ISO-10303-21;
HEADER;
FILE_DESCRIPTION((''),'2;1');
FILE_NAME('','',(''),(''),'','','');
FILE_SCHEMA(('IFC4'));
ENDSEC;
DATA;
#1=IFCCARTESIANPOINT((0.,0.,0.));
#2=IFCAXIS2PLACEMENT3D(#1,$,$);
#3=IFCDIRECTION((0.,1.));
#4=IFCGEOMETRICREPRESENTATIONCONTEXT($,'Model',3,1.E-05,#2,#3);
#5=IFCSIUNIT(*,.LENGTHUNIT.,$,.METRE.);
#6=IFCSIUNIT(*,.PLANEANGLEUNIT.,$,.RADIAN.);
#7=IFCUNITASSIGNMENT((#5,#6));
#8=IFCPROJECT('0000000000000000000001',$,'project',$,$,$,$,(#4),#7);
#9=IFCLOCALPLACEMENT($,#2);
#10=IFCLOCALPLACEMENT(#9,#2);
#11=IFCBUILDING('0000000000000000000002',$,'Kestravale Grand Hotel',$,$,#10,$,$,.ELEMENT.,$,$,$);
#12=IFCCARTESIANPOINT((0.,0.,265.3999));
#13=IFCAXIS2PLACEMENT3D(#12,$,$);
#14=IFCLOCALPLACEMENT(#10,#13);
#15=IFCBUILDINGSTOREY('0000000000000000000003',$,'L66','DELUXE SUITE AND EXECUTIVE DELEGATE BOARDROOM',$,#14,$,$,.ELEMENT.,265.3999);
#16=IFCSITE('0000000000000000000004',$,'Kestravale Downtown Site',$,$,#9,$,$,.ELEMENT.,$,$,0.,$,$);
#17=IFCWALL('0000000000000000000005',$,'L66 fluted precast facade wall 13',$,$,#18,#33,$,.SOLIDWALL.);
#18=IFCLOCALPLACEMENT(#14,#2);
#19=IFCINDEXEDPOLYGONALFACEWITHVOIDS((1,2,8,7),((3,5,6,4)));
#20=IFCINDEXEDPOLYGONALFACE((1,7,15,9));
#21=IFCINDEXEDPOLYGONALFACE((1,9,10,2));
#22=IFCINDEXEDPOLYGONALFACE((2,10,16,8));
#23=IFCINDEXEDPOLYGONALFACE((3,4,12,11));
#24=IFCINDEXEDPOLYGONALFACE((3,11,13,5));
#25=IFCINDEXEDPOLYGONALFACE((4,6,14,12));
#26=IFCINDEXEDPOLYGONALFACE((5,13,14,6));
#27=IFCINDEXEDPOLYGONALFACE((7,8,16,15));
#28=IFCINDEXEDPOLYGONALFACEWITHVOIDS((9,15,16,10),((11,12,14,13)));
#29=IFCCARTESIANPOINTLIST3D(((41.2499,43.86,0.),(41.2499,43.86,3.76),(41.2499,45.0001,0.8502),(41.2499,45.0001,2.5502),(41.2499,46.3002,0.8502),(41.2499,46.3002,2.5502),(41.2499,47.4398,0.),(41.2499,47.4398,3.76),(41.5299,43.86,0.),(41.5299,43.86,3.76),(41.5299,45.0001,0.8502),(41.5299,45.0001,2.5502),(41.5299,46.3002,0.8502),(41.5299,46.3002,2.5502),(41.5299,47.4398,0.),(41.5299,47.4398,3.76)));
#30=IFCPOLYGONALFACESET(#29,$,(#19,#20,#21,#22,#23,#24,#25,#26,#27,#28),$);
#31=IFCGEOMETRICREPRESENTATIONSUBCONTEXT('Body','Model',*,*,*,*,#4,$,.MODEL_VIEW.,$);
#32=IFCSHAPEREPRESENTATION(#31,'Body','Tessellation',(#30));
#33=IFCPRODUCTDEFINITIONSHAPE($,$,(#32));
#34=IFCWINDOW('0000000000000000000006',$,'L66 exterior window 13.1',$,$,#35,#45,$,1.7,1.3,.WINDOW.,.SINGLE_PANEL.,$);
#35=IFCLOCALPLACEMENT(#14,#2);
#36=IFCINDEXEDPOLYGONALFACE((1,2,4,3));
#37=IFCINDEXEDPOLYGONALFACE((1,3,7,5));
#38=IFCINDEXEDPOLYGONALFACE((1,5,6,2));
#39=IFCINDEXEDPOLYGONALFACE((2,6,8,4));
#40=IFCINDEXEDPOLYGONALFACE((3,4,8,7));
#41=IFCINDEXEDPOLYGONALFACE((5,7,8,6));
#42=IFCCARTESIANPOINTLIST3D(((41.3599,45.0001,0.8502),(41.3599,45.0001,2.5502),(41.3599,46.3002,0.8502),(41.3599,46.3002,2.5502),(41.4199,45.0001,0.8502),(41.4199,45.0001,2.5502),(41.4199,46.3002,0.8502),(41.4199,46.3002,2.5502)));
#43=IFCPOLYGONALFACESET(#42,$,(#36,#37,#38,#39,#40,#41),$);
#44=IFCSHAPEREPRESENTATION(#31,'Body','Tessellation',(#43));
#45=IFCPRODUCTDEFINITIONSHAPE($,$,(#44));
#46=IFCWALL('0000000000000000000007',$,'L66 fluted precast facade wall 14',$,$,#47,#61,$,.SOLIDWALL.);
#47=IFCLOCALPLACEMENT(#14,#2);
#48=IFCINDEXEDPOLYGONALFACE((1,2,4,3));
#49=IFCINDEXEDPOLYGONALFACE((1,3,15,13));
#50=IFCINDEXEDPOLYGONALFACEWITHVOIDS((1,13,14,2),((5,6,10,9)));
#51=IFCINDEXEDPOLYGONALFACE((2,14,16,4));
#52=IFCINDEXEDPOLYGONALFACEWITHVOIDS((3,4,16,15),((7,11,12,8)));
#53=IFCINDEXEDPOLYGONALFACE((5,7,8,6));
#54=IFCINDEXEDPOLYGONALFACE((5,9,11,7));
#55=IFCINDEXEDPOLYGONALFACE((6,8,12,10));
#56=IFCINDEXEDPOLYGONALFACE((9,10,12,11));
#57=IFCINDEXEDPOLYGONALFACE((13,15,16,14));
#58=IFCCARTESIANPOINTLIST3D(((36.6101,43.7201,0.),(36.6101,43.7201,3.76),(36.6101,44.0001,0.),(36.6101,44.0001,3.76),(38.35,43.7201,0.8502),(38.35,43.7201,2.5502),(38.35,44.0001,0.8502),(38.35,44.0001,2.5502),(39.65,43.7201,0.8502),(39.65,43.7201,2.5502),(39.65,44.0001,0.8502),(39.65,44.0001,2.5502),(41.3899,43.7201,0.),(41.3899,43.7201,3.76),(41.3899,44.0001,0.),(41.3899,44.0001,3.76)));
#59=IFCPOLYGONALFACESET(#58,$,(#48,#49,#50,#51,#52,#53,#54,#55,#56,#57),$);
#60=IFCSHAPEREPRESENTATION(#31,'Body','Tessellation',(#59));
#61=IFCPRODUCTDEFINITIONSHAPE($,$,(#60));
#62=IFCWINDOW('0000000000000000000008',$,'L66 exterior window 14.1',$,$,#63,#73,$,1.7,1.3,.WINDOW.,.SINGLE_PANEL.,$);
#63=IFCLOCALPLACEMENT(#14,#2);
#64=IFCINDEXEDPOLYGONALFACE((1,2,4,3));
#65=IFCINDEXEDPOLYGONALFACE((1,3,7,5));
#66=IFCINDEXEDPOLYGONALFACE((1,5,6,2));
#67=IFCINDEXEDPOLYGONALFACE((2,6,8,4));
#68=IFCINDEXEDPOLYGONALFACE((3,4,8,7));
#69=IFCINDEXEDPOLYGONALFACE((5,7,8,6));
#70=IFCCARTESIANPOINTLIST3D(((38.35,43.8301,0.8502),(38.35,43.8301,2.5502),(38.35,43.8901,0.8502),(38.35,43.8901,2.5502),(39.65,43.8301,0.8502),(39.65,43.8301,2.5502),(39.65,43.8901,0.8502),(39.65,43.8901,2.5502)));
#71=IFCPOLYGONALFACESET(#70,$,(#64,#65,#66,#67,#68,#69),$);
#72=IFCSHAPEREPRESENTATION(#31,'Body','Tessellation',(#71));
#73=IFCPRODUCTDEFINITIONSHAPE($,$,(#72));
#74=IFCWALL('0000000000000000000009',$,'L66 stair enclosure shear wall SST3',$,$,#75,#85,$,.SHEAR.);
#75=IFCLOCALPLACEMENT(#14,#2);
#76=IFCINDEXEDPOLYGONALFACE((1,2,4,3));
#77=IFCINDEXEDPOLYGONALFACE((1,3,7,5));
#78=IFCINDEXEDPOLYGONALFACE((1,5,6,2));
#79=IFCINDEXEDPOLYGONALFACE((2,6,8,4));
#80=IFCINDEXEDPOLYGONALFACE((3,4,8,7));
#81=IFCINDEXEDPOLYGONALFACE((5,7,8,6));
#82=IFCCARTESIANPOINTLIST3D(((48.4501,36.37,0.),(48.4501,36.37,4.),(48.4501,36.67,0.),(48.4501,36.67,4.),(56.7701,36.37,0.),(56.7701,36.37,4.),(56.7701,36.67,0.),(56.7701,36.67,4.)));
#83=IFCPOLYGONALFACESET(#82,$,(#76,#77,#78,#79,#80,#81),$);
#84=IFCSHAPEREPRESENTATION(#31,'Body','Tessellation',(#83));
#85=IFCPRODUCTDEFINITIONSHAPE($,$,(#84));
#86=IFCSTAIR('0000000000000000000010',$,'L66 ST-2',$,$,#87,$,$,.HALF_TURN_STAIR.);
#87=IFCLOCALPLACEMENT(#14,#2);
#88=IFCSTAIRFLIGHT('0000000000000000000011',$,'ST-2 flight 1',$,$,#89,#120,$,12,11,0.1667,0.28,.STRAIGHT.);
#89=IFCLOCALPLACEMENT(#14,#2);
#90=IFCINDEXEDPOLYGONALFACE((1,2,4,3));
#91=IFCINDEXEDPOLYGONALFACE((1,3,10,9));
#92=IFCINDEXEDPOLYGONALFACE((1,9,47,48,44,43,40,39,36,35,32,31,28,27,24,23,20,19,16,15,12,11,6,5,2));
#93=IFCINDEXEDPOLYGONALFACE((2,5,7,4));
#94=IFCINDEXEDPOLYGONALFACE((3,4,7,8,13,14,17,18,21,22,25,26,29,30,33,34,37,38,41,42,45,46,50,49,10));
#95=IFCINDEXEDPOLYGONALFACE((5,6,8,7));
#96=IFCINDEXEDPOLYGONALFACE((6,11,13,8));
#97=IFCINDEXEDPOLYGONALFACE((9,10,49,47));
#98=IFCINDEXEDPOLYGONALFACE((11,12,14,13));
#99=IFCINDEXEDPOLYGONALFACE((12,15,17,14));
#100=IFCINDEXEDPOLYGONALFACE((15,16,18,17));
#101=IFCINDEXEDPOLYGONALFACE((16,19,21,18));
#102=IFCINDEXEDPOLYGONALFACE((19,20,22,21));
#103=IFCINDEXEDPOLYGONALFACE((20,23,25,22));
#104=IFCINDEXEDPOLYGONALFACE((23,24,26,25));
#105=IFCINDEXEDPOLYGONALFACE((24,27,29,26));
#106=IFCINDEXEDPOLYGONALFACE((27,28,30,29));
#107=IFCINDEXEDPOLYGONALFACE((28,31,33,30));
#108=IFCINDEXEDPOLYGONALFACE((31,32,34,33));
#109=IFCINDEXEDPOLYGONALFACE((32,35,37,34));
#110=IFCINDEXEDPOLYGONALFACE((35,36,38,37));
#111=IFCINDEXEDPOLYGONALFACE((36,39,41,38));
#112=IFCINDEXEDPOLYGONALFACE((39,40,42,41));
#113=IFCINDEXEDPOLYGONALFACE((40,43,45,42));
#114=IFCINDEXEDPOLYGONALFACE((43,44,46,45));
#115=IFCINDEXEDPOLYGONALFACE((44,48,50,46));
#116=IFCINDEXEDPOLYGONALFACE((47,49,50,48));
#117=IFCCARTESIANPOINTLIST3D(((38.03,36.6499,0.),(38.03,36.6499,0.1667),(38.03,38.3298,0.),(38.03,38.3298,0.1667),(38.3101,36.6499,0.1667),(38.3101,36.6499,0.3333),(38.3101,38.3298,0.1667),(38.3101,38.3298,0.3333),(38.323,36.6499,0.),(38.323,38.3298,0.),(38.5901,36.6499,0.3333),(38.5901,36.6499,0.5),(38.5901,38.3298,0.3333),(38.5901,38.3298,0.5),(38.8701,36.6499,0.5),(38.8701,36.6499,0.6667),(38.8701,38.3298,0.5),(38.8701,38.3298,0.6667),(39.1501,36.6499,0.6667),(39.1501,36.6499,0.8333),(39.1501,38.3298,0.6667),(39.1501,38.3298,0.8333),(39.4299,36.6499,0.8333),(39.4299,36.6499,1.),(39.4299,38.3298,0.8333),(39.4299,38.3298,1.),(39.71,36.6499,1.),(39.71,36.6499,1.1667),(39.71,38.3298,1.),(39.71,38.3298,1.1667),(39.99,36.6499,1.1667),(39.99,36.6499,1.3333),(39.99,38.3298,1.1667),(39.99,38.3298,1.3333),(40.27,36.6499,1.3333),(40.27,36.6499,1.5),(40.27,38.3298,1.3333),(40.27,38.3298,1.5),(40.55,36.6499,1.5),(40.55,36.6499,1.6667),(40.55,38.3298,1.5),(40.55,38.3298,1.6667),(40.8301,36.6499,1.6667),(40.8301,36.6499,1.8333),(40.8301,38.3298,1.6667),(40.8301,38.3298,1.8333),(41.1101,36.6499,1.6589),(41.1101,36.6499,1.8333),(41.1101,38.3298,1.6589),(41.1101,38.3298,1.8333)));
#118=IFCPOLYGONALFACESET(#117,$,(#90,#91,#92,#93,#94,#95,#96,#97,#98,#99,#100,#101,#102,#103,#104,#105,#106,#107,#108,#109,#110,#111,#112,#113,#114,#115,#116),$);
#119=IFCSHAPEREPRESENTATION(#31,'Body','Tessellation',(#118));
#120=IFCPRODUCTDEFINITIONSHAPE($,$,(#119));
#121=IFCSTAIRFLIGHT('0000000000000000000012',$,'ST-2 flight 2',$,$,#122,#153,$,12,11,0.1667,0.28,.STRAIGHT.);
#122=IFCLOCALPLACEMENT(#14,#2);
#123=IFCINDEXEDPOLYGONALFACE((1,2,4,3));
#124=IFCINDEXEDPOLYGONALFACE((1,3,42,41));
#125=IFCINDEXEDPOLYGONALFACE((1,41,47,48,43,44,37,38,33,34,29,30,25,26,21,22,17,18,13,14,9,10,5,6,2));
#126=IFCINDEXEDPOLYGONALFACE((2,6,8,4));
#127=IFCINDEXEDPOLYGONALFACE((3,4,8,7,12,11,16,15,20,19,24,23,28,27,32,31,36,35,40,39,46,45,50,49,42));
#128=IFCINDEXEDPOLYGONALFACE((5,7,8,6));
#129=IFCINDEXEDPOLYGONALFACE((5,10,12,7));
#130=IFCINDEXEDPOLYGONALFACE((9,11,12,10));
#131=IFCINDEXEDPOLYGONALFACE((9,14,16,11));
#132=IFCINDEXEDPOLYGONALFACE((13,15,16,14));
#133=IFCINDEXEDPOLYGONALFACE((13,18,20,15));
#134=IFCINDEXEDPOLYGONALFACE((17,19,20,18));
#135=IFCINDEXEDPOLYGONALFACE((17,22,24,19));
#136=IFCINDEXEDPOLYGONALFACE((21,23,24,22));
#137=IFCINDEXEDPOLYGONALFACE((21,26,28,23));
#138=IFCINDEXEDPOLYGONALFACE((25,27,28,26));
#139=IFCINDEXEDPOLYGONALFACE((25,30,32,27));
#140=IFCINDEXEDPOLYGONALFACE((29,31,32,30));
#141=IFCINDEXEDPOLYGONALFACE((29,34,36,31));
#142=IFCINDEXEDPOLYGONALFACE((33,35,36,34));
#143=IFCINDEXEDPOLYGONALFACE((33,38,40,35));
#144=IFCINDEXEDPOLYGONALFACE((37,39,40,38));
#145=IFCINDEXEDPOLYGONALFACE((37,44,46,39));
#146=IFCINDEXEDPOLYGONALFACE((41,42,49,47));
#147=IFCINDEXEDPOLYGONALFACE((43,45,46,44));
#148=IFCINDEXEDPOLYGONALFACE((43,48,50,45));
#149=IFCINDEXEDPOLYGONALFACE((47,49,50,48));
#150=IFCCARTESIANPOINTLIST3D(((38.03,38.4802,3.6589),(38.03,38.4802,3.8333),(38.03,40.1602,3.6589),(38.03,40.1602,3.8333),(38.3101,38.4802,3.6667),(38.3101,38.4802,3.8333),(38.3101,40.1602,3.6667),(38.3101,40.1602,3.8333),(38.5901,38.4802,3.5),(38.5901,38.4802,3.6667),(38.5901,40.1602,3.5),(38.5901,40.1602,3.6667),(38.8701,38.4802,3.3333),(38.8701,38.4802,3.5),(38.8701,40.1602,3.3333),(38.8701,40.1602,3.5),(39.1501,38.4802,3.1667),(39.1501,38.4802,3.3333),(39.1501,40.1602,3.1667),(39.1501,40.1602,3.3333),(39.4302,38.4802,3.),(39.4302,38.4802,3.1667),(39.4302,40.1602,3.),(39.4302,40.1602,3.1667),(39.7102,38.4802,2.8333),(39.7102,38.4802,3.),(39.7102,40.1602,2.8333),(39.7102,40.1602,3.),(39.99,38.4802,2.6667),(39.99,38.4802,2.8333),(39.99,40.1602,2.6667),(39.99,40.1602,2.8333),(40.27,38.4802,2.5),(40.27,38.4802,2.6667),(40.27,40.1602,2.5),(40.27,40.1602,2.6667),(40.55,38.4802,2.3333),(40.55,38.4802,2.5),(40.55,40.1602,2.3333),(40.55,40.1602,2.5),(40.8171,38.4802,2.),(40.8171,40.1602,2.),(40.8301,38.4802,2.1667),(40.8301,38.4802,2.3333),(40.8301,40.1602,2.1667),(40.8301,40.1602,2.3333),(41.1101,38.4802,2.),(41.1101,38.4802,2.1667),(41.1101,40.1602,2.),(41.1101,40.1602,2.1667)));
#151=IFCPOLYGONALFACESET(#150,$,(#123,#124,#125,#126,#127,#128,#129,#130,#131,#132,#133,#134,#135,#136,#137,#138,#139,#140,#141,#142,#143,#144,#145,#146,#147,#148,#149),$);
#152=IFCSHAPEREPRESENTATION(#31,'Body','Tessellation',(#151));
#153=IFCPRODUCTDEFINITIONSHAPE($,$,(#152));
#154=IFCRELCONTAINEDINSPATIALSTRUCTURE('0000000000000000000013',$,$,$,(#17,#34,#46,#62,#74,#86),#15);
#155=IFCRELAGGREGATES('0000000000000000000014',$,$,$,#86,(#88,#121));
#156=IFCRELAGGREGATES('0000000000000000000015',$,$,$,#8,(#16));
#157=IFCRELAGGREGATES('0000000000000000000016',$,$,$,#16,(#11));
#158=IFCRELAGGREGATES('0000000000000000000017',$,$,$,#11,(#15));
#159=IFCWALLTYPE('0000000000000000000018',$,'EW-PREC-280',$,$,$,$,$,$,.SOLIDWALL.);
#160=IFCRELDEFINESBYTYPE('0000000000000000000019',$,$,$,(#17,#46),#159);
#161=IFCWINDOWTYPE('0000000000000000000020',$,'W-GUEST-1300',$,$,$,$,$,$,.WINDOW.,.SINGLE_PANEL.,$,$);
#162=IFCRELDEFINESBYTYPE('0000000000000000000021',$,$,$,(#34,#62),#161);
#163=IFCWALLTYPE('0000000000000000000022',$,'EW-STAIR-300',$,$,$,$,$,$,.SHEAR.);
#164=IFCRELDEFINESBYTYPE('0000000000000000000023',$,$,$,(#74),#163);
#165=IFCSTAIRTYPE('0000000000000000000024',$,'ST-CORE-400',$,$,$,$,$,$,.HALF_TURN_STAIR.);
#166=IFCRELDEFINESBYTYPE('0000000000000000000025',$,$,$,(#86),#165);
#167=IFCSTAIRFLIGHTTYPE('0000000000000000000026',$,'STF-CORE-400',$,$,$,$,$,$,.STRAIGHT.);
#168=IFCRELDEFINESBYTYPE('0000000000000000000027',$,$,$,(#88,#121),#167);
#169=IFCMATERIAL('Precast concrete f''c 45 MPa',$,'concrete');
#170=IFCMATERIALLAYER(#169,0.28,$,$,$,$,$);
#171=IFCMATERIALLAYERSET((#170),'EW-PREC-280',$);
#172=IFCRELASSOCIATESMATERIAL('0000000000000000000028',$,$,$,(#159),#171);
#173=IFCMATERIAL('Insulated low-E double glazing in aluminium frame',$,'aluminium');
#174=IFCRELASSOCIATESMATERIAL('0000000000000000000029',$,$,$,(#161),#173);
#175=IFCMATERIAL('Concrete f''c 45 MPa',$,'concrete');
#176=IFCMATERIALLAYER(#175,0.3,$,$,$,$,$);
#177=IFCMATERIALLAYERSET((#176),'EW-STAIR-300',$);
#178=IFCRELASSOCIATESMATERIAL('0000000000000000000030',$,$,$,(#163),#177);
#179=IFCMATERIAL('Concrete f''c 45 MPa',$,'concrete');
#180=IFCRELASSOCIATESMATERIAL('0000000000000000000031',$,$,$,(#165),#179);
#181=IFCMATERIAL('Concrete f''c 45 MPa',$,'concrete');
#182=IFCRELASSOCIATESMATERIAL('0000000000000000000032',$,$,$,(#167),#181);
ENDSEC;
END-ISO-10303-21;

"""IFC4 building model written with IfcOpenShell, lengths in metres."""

from ifc_helpers import new_model, si_unit, direction, frame, frame_2d, origin, place, context, subcontext, project, spatial, polyline, rectangle, outline, extrude, material, layer, layer_set, type_object, element, fill, aggregate, save


model = new_model("IFC4")

# Units and contexts
model_context = context("Model", 3, precision=1e-05, world=origin(), true_north=direction((0.0, 1.0)))
body_context = subcontext(model_context, "Body", "Model", "MODEL_VIEW")
ifc_project = project(units=[si_unit("LENGTHUNIT", "METRE"), si_unit("PLANEANGLEUNIT", "RADIAN")], contexts=[model_context])

# Site, building, storey
site_placement = place(None, origin())
site = spatial("IfcSite", under=ifc_project, at=site_placement, Name="Kestravale Downtown Site", CompositionType="ELEMENT", RefElevation=0.0)
building_placement = place(site_placement, origin())
building = spatial("IfcBuilding", under=site, at=building_placement, Name="Kestravale Grand Hotel", CompositionType="ELEMENT")
storey_placement = place(building_placement, frame((0.0, 0.0, 265.3999)))
storey = spatial("IfcBuildingStorey", under=building, at=storey_placement, Name="L66", Description="DELUXE SUITE AND EXECUTIVE DELEGATE BOARDROOM", CompositionType="ELEMENT", Elevation=265.3999)

# Shared definitions
ifc_material_1 = material(Name="Precast concrete f'c 45 MPa", Category="concrete")
ifc_layer_1 = layer(ifc_material_1, 0.28)
ifc_layer_set_1 = layer_set([ifc_layer_1], Name="EW-PREC-280")
wall_type_1 = type_object("IfcWallType", Name="EW-PREC-280", PredefinedType="SOLIDWALL", material=ifc_layer_set_1)

# Walls, openings, windows
wall_1_placement = place(storey_placement, frame((41.3899, 47.4399, 0.0), z_axis=(0.0, 0.0, 1.0), x_axis=(0.0, -1.0, 0.0)))
wall_1 = element("IfcWall", 1, at=wall_1_placement, inside=storey, type_object=wall_type_1, Name="L66 fluted precast facade wall 13", PredefinedType="SOLIDWALL", context=body_context, shape_type="SweptSolid", body=[
    extrude(rectangle(XDim=3.5798, YDim=0.28, at=frame_2d((1.79, 0.0))), origin(), (0.0, 0.0, 1.0), 3.76),
])
opening_1_placement = place(wall_1_placement, frame((1.1399, 0.0, 0.8501)))
opening_1 = element("IfcOpeningElement", 2, at=opening_1_placement, cuts=wall_1, PredefinedType="OPENING", context=body_context, shape_type="SweptSolid", body=[
    extrude(rectangle(XDim=1.3, YDim=1.7, at=frame_2d((0.6499, 0.8501))), frame((0.0, 0.1499, 0.0), z_axis=(0.0, -1.0, 0.0), x_axis=(1.0, 0.0, 0.0)), (0.0, 0.0, 1.0), 0.3),
])
ifc_material_2 = material(Name="Insulated low-E double glazing in aluminium frame", Category="aluminium")
window_type = type_object("IfcWindowType", Name="W-GUEST-1300", PartitioningType="SINGLE_PANEL", PredefinedType="WINDOW", material=ifc_material_2)
window_1_placement = place(opening_1_placement, origin())
window_1 = element("IfcWindow", 3, at=window_1_placement, inside=storey, type_object=window_type, Name="L66 exterior window 13.1", OverallHeight=1.7, OverallWidth=1.3, PartitioningType="SINGLE_PANEL", PredefinedType="WINDOW", context=body_context, shape_type="SweptSolid", body=[
    extrude(rectangle(XDim=1.3, YDim=1.7, at=frame_2d((0.6499, 0.8501))), frame((0.0, 0.03, 0.0), z_axis=(0.0, -1.0, 0.0), x_axis=(1.0, 0.0, 0.0)), (0.0, 0.0, 1.0), 0.0601),
])
fill(opening_1, window_1)
wall_2_placement = place(storey_placement, frame((41.3899, 43.8601, 0.0), z_axis=(0.0, 0.0, 1.0), x_axis=(-1.0, 0.0, 0.0)))
wall_2 = element("IfcWall", 4, at=wall_2_placement, inside=storey, type_object=wall_type_1, Name="L66 fluted precast facade wall 14", PredefinedType="SOLIDWALL", context=body_context, shape_type="SweptSolid", body=[
    extrude(rectangle(XDim=4.7798, YDim=0.28, at=frame_2d((2.3899, 0.0))), origin(), (0.0, 0.0, 1.0), 3.76),
])
opening_2_placement = place(wall_2_placement, frame((1.74, 0.0, 0.8501)))
opening_2 = element("IfcOpeningElement", 5, at=opening_2_placement, cuts=wall_2, PredefinedType="OPENING", context=body_context, shape_type="SweptSolid", body=[
    extrude(rectangle(XDim=1.3, YDim=1.7, at=frame_2d((0.6499, 0.8501))), frame((0.0, 0.1499, 0.0), z_axis=(0.0, -1.0, 0.0), x_axis=(1.0, 0.0, 0.0)), (0.0, 0.0, 1.0), 0.3),
])
window_2_placement = place(opening_2_placement, origin())
window_2 = element("IfcWindow", 6, at=window_2_placement, inside=storey, type_object=window_type, Name="L66 exterior window 14.1", OverallHeight=1.7, OverallWidth=1.3, PartitioningType="SINGLE_PANEL", PredefinedType="WINDOW", context=body_context, shape_type="SweptSolid", body=[
    extrude(rectangle(XDim=1.3, YDim=1.7, at=frame_2d((0.6499, 0.8501))), frame((0.0, 0.03, 0.0), z_axis=(0.0, -1.0, 0.0), x_axis=(1.0, 0.0, 0.0)), (0.0, 0.0, 1.0), 0.0601),
])
fill(opening_2, window_2)

# Wall
ifc_material_3 = material(Name="Concrete f'c 45 MPa", Category="concrete")
ifc_layer_2 = layer(ifc_material_3, 0.3)
ifc_layer_set_2 = layer_set([ifc_layer_2], Name="EW-STAIR-300")
wall_type_2 = type_object("IfcWallType", Name="EW-STAIR-300", PredefinedType="SHEAR", material=ifc_layer_set_2)
wall_3_placement = place(storey_placement, frame((48.45, 36.52, 0.0), z_axis=(0.0, 0.0, 1.0), x_axis=(1.0, 0.0, 0.0)))
element("IfcWall", 7, at=wall_3_placement, inside=storey, type_object=wall_type_2, Name="L66 stair enclosure shear wall SST3", PredefinedType="SHEAR", context=body_context, shape_type="SweptSolid", body=[
    extrude(rectangle(XDim=8.3201, YDim=0.3, at=frame_2d((4.1602, 0.0))), origin(), (0.0, 0.0, 1.0), 4.0),
])

# Stair, stair flights
ifc_material_4 = material(Name="Concrete f'c 45 MPa", Category="concrete")
stair_type = type_object("IfcStairType", Name="ST-CORE-400", PredefinedType="HALF_TURN_STAIR", material=ifc_material_4)
stair_placement = place(storey_placement, origin())
stair = element("IfcStair", 8, at=stair_placement, inside=storey, type_object=stair_type, Name="L66 ST-2", PredefinedType="HALF_TURN_STAIR")
ifc_material_5 = material(Name="Concrete f'c 45 MPa", Category="concrete")
stair_flight_type = type_object("IfcStairFlightType", Name="STF-CORE-400", PredefinedType="STRAIGHT", material=ifc_material_5)
stair_flight_1_placement = place(storey_placement, frame((38.03, 37.49, 0.0), z_axis=(0.0, 0.0, 1.0), x_axis=(1.0, 0.0, 0.0)))
stair_flight_1 = element("IfcStairFlight", 9, at=stair_flight_1_placement, type_object=stair_flight_type, Name="ST-2 flight 1", NumberOfRisers=12, NumberOfTreads=11, PredefinedType="STRAIGHT", RiserHeight=0.1667, TreadLength=0.28, context=body_context, shape_type="SweptSolid", body=[
    extrude(outline(polyline([(0.0, 0.0), (0.0, 0.1667), (0.28, 0.1667), (0.28, 0.3333), (0.5601, 0.3333), (0.5601, 0.5), (0.8401, 0.5), (0.8401, 0.6667), (1.1201, 0.6667), (1.1201, 0.8333), (1.3999, 0.8333), (1.3999, 1.0), (1.6799, 1.0), (1.6799, 1.1667), (1.96, 1.1667), (1.96, 1.3333), (2.24, 1.3333), (2.24, 1.5), (2.52, 1.5), (2.52, 1.6667), (2.8, 1.6667), (2.8, 1.8333), (3.0801, 1.8333), (3.0801, 2.0), (3.0801, 1.6589), (0.293, 0.0), (0.0, 0.0)])), frame((0.0, 0.8398, 0.0), z_axis=(0.0, -1.0, 0.0), x_axis=(1.0, 0.0, 0.0)), (0.0, 0.0, 1.0), 1.6799),
])
stair_flight_2_placement = place(storey_placement, frame((41.1101, 39.3201, 2.0), z_axis=(0.0, 0.0, 1.0), x_axis=(-1.0, 0.0, 0.0)))
stair_flight_2 = element("IfcStairFlight", 10, at=stair_flight_2_placement, type_object=stair_flight_type, Name="ST-2 flight 2", NumberOfRisers=12, NumberOfTreads=11, PredefinedType="STRAIGHT", RiserHeight=0.1667, TreadLength=0.28, context=body_context, shape_type="SweptSolid", body=[
    extrude(outline(polyline([(0.0, 0.0), (0.0, 0.1667), (0.28, 0.1667), (0.28, 0.3333), (0.5601, 0.3333), (0.5601, 0.5), (0.8401, 0.5), (0.8401, 0.6667), (1.1201, 0.6667), (1.1201, 0.8333), (1.3999, 0.8333), (1.3999, 1.0), (1.6799, 1.0), (1.6799, 1.1667), (1.96, 1.1667), (1.96, 1.3333), (2.24, 1.3333), (2.24, 1.5), (2.52, 1.5), (2.52, 1.6667), (2.8, 1.6667), (2.8, 1.8333), (3.0801, 1.8333), (3.0801, 2.0), (3.0801, 1.6589), (0.293, 0.0), (0.0, 0.0)])), frame((0.0, 0.8398, 0.0), z_axis=(0.0, -1.0, 0.0), x_axis=(1.0, 0.0, 0.0)), (0.0, 0.0, 1.0), 1.6799),
])
aggregate(stair, [stair_flight_1, stair_flight_2])

save(model, "model.ifc")
